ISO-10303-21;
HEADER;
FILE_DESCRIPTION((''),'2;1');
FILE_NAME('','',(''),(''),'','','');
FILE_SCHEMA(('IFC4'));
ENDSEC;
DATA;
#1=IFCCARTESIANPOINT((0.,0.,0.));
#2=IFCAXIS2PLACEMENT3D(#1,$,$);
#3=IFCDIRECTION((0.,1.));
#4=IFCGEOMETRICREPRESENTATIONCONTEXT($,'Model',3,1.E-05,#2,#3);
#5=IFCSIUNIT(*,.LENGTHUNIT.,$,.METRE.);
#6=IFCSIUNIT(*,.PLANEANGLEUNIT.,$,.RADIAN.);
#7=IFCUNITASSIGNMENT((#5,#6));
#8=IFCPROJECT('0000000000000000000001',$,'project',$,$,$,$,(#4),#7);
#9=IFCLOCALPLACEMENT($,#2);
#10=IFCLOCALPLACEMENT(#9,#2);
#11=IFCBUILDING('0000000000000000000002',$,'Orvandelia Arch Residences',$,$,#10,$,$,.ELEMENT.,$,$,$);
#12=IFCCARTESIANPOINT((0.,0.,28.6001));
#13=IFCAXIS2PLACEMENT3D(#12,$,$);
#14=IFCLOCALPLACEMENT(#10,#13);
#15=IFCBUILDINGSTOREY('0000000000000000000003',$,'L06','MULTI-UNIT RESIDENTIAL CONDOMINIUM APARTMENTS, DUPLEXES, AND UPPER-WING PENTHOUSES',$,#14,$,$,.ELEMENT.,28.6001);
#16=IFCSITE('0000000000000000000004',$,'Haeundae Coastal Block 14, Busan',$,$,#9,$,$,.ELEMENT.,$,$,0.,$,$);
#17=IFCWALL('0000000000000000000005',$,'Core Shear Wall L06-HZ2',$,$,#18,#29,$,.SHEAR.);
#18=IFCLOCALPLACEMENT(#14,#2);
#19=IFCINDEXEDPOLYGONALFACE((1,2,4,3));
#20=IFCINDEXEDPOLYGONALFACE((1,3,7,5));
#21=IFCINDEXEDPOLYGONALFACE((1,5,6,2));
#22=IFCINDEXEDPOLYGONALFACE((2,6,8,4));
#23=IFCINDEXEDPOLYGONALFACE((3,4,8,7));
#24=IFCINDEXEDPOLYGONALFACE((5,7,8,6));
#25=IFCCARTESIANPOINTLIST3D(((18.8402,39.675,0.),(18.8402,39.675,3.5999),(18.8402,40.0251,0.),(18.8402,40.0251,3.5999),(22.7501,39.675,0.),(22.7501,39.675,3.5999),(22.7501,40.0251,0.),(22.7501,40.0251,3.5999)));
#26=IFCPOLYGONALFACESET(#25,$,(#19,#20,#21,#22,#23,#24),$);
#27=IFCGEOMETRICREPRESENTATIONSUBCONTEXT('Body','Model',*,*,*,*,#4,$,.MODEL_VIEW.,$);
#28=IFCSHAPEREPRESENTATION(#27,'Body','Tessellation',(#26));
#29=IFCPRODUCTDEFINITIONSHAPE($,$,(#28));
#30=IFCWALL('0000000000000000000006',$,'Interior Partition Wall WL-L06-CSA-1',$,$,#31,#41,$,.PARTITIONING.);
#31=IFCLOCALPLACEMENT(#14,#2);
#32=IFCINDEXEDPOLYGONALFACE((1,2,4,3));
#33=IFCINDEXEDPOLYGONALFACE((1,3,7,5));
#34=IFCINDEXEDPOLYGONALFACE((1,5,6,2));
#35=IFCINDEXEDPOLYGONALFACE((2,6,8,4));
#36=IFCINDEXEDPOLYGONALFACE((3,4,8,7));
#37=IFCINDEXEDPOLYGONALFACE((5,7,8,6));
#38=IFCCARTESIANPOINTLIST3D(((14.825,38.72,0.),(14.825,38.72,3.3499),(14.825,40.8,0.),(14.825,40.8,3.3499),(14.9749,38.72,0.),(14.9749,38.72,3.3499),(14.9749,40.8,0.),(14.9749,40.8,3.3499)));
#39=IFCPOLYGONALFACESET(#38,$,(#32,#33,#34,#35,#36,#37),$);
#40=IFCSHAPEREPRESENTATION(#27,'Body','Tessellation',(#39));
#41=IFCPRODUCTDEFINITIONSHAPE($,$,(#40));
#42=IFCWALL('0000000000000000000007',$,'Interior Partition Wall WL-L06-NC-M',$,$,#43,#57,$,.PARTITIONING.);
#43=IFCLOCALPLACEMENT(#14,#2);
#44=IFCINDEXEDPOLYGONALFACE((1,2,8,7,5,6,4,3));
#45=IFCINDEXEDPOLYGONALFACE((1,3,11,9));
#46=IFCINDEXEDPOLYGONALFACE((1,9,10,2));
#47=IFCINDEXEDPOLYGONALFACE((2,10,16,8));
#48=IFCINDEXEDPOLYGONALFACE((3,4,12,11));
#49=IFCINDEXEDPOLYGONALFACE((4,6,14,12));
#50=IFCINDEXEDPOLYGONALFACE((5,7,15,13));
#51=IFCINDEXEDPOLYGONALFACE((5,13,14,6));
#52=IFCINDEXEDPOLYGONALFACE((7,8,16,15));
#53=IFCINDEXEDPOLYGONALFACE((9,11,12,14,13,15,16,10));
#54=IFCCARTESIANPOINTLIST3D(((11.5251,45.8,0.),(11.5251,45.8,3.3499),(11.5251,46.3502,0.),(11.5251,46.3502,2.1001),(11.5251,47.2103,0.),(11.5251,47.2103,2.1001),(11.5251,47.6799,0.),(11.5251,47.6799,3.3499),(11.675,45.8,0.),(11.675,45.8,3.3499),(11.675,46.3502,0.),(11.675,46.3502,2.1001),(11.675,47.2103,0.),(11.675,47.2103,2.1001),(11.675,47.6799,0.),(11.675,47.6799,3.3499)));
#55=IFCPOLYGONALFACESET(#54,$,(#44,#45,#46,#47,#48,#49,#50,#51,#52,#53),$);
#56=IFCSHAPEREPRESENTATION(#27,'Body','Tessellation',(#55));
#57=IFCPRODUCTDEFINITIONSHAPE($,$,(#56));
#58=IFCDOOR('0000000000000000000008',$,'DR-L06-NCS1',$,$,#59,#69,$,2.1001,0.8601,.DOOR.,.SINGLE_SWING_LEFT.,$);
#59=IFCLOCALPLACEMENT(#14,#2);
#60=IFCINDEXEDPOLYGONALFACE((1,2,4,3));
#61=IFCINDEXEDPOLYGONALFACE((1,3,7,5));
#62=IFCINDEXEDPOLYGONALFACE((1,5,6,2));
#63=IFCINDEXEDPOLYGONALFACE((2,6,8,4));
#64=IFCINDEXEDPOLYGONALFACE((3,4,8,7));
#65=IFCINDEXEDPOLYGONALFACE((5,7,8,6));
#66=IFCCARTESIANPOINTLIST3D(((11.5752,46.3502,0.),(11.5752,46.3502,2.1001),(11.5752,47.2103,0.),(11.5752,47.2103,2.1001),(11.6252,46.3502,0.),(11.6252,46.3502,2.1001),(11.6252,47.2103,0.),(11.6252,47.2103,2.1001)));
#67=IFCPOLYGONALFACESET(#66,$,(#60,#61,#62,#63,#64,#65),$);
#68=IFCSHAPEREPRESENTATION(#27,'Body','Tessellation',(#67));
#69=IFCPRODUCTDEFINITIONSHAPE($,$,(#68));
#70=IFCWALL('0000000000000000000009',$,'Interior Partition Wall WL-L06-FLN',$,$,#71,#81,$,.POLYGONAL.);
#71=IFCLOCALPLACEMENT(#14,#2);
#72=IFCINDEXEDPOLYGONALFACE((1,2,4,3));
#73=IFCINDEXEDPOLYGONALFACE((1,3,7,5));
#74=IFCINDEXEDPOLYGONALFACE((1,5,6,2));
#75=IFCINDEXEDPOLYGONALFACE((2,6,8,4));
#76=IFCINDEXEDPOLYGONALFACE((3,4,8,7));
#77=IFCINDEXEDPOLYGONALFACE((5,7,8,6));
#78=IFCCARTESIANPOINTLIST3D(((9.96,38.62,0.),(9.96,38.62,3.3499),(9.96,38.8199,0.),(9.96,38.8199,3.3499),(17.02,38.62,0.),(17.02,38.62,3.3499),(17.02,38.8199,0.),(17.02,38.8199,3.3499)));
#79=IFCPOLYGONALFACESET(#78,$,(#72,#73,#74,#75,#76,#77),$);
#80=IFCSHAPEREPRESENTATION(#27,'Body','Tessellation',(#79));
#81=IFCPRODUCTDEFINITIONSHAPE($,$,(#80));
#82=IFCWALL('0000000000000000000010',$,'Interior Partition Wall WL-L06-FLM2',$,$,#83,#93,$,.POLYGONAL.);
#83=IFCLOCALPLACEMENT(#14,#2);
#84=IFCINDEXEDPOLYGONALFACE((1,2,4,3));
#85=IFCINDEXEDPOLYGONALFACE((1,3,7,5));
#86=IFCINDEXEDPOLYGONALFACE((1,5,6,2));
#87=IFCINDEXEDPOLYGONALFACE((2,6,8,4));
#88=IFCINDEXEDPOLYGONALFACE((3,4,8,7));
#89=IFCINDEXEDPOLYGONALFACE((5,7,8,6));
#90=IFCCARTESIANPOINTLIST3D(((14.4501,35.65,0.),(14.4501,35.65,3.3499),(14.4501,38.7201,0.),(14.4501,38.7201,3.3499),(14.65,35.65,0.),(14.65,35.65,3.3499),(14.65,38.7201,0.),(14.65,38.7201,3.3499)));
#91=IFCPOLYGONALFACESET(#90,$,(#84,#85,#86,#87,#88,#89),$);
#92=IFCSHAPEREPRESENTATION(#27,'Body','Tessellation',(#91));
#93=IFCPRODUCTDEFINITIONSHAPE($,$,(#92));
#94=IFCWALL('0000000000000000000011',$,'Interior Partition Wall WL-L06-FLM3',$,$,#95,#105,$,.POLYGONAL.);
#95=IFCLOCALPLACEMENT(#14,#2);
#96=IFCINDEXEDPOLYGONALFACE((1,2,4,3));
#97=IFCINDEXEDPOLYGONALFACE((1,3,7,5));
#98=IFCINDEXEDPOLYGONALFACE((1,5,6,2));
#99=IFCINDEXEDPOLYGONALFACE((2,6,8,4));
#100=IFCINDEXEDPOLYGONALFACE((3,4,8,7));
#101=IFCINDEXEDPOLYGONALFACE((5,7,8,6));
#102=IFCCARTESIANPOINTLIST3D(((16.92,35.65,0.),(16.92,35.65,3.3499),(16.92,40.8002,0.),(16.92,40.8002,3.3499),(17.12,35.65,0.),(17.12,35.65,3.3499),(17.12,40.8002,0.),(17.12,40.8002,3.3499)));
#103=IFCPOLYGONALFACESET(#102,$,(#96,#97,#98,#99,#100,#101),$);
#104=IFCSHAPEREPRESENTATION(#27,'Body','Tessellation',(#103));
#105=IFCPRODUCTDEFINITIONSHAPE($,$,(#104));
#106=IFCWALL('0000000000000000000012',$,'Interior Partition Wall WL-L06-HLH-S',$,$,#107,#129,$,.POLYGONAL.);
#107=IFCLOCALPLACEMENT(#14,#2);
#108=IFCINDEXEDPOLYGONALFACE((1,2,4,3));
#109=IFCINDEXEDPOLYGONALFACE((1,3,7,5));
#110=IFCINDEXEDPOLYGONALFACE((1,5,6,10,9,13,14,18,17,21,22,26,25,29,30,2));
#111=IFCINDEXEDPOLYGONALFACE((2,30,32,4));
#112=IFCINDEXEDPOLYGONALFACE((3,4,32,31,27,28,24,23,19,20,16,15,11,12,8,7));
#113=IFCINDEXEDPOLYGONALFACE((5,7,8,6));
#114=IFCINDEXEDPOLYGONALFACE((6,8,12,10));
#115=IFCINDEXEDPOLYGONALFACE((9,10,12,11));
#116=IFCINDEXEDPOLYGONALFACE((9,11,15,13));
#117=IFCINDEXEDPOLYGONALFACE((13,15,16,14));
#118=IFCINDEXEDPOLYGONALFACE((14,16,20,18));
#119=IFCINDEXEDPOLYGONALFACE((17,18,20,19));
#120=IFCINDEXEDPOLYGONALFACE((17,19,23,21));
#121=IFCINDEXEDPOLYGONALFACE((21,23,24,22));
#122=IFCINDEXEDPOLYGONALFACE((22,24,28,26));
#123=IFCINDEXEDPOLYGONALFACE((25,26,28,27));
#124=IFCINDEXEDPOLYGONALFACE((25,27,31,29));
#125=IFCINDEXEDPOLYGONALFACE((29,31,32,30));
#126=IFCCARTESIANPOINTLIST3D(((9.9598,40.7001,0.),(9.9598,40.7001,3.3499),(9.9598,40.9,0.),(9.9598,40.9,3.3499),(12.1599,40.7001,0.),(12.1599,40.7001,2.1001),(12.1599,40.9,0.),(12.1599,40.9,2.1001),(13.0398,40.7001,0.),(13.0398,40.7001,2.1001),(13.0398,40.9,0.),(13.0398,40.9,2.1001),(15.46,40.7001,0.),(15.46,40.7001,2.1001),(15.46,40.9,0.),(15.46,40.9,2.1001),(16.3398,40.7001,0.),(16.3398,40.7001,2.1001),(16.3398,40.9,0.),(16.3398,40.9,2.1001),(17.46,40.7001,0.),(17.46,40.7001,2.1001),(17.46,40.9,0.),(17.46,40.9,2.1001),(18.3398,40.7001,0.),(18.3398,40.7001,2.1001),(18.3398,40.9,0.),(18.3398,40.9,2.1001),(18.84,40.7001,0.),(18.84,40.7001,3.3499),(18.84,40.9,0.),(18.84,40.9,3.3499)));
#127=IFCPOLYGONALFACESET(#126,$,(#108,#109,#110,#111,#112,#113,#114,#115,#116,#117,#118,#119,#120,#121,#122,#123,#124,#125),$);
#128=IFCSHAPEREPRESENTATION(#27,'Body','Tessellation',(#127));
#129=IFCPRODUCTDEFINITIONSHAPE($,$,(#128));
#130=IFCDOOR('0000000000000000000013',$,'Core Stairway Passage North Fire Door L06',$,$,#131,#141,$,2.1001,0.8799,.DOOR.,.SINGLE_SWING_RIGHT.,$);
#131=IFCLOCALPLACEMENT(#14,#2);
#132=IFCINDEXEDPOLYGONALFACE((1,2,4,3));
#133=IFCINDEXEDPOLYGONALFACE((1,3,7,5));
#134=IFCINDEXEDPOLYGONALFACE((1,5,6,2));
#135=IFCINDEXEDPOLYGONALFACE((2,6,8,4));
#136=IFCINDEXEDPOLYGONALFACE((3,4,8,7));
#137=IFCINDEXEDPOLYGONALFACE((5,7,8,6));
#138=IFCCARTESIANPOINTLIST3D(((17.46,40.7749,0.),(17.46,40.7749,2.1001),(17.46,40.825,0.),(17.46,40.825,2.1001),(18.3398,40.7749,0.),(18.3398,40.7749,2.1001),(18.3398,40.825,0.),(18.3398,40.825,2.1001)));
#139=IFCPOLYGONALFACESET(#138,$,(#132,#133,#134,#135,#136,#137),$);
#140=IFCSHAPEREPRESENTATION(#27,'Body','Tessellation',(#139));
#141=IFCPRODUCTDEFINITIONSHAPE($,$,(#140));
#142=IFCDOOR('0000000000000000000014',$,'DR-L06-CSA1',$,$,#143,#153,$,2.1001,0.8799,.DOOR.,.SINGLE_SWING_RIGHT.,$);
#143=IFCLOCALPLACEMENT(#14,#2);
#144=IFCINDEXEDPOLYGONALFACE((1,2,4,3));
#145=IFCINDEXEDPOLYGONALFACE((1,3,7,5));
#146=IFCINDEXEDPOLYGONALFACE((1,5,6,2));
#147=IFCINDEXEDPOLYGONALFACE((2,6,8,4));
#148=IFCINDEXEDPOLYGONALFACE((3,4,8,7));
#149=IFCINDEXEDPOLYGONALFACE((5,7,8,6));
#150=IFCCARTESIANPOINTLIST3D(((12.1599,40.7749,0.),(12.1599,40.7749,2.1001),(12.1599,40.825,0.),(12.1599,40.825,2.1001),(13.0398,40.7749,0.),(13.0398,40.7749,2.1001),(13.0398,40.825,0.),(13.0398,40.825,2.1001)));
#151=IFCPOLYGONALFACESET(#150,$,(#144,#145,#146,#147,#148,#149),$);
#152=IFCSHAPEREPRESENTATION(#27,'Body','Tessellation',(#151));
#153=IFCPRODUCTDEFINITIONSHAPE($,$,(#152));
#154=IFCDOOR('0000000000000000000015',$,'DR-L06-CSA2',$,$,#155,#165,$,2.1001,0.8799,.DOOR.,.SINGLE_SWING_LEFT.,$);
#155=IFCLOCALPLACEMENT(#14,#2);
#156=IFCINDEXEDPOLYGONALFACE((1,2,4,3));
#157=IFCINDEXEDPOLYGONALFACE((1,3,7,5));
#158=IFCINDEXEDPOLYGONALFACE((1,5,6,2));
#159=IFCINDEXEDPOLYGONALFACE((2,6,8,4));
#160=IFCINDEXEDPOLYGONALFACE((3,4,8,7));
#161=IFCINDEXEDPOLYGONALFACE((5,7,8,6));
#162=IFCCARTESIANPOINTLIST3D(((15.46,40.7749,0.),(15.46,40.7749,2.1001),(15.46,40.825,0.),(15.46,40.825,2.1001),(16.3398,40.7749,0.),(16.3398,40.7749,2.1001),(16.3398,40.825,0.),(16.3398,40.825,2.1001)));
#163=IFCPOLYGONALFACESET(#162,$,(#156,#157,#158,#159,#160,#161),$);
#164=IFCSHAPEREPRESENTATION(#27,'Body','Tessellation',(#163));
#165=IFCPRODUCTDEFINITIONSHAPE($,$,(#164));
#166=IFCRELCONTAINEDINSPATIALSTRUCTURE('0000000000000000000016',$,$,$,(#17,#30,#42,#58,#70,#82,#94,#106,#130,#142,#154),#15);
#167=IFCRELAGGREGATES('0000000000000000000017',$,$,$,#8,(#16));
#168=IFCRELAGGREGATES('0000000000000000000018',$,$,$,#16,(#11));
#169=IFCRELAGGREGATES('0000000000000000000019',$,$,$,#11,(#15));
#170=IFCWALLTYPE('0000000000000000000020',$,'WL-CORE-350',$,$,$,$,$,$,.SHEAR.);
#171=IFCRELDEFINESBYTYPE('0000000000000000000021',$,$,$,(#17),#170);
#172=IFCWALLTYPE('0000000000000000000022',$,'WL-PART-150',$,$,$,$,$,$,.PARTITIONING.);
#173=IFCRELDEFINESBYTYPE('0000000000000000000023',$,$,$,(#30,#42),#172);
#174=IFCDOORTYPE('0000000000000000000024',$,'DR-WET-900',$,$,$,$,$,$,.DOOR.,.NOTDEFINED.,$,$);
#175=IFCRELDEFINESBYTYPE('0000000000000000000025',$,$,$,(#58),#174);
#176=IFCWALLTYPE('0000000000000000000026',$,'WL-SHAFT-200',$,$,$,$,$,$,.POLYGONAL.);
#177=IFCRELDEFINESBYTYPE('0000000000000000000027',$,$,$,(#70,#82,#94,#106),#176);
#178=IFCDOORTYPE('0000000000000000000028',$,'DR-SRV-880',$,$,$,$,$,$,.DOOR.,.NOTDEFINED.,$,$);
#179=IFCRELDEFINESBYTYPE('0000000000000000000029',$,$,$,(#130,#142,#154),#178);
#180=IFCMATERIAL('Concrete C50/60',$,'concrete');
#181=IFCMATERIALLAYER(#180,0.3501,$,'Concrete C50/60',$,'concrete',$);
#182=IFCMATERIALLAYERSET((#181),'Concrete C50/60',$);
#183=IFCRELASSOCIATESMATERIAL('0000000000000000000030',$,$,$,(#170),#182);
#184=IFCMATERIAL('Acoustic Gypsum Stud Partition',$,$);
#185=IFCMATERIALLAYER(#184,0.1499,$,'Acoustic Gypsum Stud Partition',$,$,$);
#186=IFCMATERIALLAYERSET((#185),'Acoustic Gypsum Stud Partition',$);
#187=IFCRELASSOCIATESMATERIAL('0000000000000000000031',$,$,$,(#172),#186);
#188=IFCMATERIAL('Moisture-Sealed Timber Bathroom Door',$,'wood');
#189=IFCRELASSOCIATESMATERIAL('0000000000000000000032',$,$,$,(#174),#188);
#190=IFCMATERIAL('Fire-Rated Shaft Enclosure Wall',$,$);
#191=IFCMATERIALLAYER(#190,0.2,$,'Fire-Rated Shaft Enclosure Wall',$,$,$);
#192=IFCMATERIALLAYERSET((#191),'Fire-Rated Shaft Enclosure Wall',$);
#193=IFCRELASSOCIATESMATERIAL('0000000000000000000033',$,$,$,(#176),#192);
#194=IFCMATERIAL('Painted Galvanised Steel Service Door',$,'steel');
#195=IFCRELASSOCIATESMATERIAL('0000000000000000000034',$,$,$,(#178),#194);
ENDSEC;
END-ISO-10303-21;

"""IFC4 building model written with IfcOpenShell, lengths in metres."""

from ifc_helpers import new_model, si_unit, direction, frame, frame_2d, origin, place, context, subcontext, project, spatial, rectangle, extrude, material, layer, layer_set, type_object, element, fill, save


model = new_model("IFC4")

# Units and contexts
model_context = context("Model", 3, precision=1e-05, world=origin(), true_north=direction((0.0, 1.0)))
body_context = subcontext(model_context, "Body", "Model", "MODEL_VIEW")
ifc_project = project(units=[si_unit("LENGTHUNIT", "METRE"), si_unit("PLANEANGLEUNIT", "RADIAN")], contexts=[model_context])

# Site, building, storey
site_placement = place(None, origin())
site = spatial("IfcSite", under=ifc_project, at=site_placement, Name="Haeundae Coastal Block 14, Busan", CompositionType="ELEMENT", RefElevation=0.0)
building_placement = place(site_placement, origin())
building = spatial("IfcBuilding", under=site, at=building_placement, Name="Orvandelia Arch Residences", CompositionType="ELEMENT")
storey_placement = place(building_placement, frame((0.0, 0.0, 28.6001)))
storey = spatial("IfcBuildingStorey", under=building, at=storey_placement, Name="L06", Description="MULTI-UNIT RESIDENTIAL CONDOMINIUM APARTMENTS, DUPLEXES, AND UPPER-WING PENTHOUSES", CompositionType="ELEMENT", Elevation=28.6001)

# Walls
ifc_material_1 = material(Name="Concrete C50/60", Category="concrete")
ifc_layer_1 = layer(ifc_material_1, 0.3501, Name="Concrete C50/60", Category="concrete")
ifc_layer_set_1 = layer_set([ifc_layer_1], Name="Concrete C50/60")
wall_type_1 = type_object("IfcWallType", Name="WL-CORE-350", PredefinedType="SHEAR", material=ifc_layer_set_1)
wall_1_placement = place(storey_placement, frame((18.8401, 39.8501, 0.0), z_axis=(0.0, 0.0, 1.0), x_axis=(1.0, 0.0, 0.0)))
element("IfcWall", 1, at=wall_1_placement, inside=storey, type_object=wall_type_1, Name="Core Shear Wall L06-HZ2", PredefinedType="SHEAR", context=body_context, shape_type="SweptSolid", body=[
    extrude(rectangle(XDim=3.9099, YDim=0.3501, at=frame_2d((1.9551, 0.0))), origin(), (0.0, 0.0, 1.0), 3.5999),
])
ifc_material_2 = material(Name="Acoustic Gypsum Stud Partition")
ifc_layer_2 = layer(ifc_material_2, 0.1499, Name="Acoustic Gypsum Stud Partition")
ifc_layer_set_2 = layer_set([ifc_layer_2], Name="Acoustic Gypsum Stud Partition")
wall_type_2 = type_object("IfcWallType", Name="WL-PART-150", PredefinedType="PARTITIONING", material=ifc_layer_set_2)
wall_2_placement = place(storey_placement, frame((14.8999, 38.72, 0.0), z_axis=(0.0, 0.0, 1.0), x_axis=(0.0, 1.0, 0.0)))
element("IfcWall", 2, at=wall_2_placement, inside=storey, type_object=wall_type_2, Name="Interior Partition Wall WL-L06-CSA-1", PredefinedType="PARTITIONING", context=body_context, shape_type="SweptSolid", body=[
    extrude(rectangle(XDim=2.0801, YDim=0.1499, at=frame_2d((1.04, 0.0))), origin(), (0.0, 0.0, 1.0), 3.3499),
])

# Wall, opening, door
wall_3_placement = place(storey_placement, frame((11.6001, 45.8, 0.0), z_axis=(0.0, 0.0, 1.0), x_axis=(0.0, 1.0, 0.0)))
wall_3 = element("IfcWall", 3, at=wall_3_placement, inside=storey, type_object=wall_type_2, Name="Interior Partition Wall WL-L06-NC-M", PredefinedType="PARTITIONING", context=body_context, shape_type="SweptSolid", body=[
    extrude(rectangle(XDim=1.8799, YDim=0.1499, at=frame_2d((0.9399, 0.0))), origin(), (0.0, 0.0, 1.0), 3.3499),
])
opening_1_placement = place(wall_3_placement, frame((0.55, 0.0, 0.0)))
opening_1 = element("IfcOpeningElement", 4, at=opening_1_placement, cuts=wall_3, PredefinedType="OPENING", context=body_context, shape_type="SweptSolid", body=[
    extrude(rectangle(XDim=0.8601, YDim=2.1001, at=frame_2d((0.4302, 1.05))), frame((0.0, 0.085, 0.0), z_axis=(0.0, -1.0, 0.0), x_axis=(1.0, 0.0, 0.0)), (0.0, 0.0, 1.0), 0.1699),
])
ifc_material_3 = material(Name="Moisture-Sealed Timber Bathroom Door", Category="wood")
door_type_1 = type_object("IfcDoorType", Name="DR-WET-900", OperationType="NOTDEFINED", PredefinedType="DOOR", material=ifc_material_3)
door_1_placement = place(opening_1_placement, origin())
door_1 = element("IfcDoor", 5, at=door_1_placement, inside=storey, type_object=door_type_1, Name="DR-L06-NCS1", OperationType="SINGLE_SWING_LEFT", OverallHeight=2.1001, OverallWidth=0.8601, PredefinedType="DOOR", context=body_context, shape_type="SweptSolid", body=[
    extrude(rectangle(XDim=0.8601, YDim=2.1001, at=frame_2d((0.4302, 1.05))), frame((0.0, 0.0249, 0.0), z_axis=(0.0, -1.0, 0.0), x_axis=(1.0, 0.0, 0.0)), (0.0, 0.0, 1.0), 0.05),
])
fill(opening_1, door_1)

# Walls
ifc_material_4 = material(Name="Fire-Rated Shaft Enclosure Wall")
ifc_layer_3 = layer(ifc_material_4, 0.2, Name="Fire-Rated Shaft Enclosure Wall")
ifc_layer_set_3 = layer_set([ifc_layer_3], Name="Fire-Rated Shaft Enclosure Wall")
wall_type_3 = type_object("IfcWallType", Name="WL-SHAFT-200", PredefinedType="POLYGONAL", material=ifc_layer_set_3)
wall_4_placement = place(storey_placement, frame((9.96, 38.72, 0.0), z_axis=(0.0, 0.0, 1.0), x_axis=(1.0, 0.0, 0.0)))
element("IfcWall", 6, at=wall_4_placement, inside=storey, type_object=wall_type_3, Name="Interior Partition Wall WL-L06-FLN", PredefinedType="POLYGONAL", context=body_context, shape_type="SweptSolid", body=[
    extrude(rectangle(XDim=7.0601, YDim=0.2, at=frame_2d((3.53, 0.0))), origin(), (0.0, 0.0, 1.0), 3.3499),
])
wall_5_placement = place(storey_placement, frame((14.55, 35.6499, 0.0), z_axis=(0.0, 0.0, 1.0), x_axis=(0.0, 1.0, 0.0)))
element("IfcWall", 7, at=wall_5_placement, inside=storey, type_object=wall_type_3, Name="Interior Partition Wall WL-L06-FLM2", PredefinedType="POLYGONAL", context=body_context, shape_type="SweptSolid", body=[
    extrude(rectangle(XDim=3.0701, YDim=0.2, at=frame_2d((1.5352, 0.0))), origin(), (0.0, 0.0, 1.0), 3.3499),
])
wall_6_placement = place(storey_placement, frame((17.02, 35.6499, 0.0), z_axis=(0.0, 0.0, 1.0), x_axis=(0.0, 1.0, 0.0)))
element("IfcWall", 8, at=wall_6_placement, inside=storey, type_object=wall_type_3, Name="Interior Partition Wall WL-L06-FLM3", PredefinedType="POLYGONAL", context=body_context, shape_type="SweptSolid", body=[
    extrude(rectangle(XDim=5.1501, YDim=0.2, at=frame_2d((2.5752, 0.0))), origin(), (0.0, 0.0, 1.0), 3.3499),
])

# Wall, openings, doors
wall_7_placement = place(storey_placement, frame((9.96, 40.8, 0.0), z_axis=(0.0, 0.0, 1.0), x_axis=(1.0, 0.0, 0.0)))
wall_7 = element("IfcWall", 9, at=wall_7_placement, inside=storey, type_object=wall_type_3, Name="Interior Partition Wall WL-L06-HLH-S", PredefinedType="POLYGONAL", context=body_context, shape_type="SweptSolid", body=[
    extrude(rectangle(XDim=8.8801, YDim=0.2, at=frame_2d((4.4399, 0.0))), origin(), (0.0, 0.0, 1.0), 3.3499),
])
opening_2_placement = place(wall_7_placement, frame((7.5, 0.0, 0.0)))
opening_2 = element("IfcOpeningElement", 10, at=opening_2_placement, cuts=wall_7, PredefinedType="OPENING", context=body_context, shape_type="SweptSolid", body=[
    extrude(rectangle(XDim=0.8799, YDim=2.1001, at=frame_2d((0.4399, 1.05))), frame((0.0, 0.1099, 0.0), z_axis=(0.0, -1.0, 0.0), x_axis=(1.0, 0.0, 0.0)), (0.0, 0.0, 1.0), 0.22),
])
opening_3_placement = place(wall_7_placement, frame((2.2, 0.0, 0.0)))
opening_3 = element("IfcOpeningElement", 11, at=opening_3_placement, cuts=wall_7, PredefinedType="OPENING", context=body_context, shape_type="SweptSolid", body=[
    extrude(rectangle(XDim=0.8799, YDim=2.1001, at=frame_2d((0.4399, 1.05))), frame((0.0, 0.1099, 0.0), z_axis=(0.0, -1.0, 0.0), x_axis=(1.0, 0.0, 0.0)), (0.0, 0.0, 1.0), 0.22),
])
opening_4_placement = place(wall_7_placement, frame((5.5, 0.0, 0.0)))
opening_4 = element("IfcOpeningElement", 12, at=opening_4_placement, cuts=wall_7, PredefinedType="OPENING", context=body_context, shape_type="SweptSolid", body=[
    extrude(rectangle(XDim=0.8799, YDim=2.1001, at=frame_2d((0.4399, 1.05))), frame((0.0, 0.1099, 0.0), z_axis=(0.0, -1.0, 0.0), x_axis=(1.0, 0.0, 0.0)), (0.0, 0.0, 1.0), 0.22),
])
ifc_material_5 = material(Name="Painted Galvanised Steel Service Door", Category="steel")
door_type_2 = type_object("IfcDoorType", Name="DR-SRV-880", OperationType="NOTDEFINED", PredefinedType="DOOR", material=ifc_material_5)
door_2_placement = place(opening_2_placement, origin())
door_2 = element("IfcDoor", 13, at=door_2_placement, inside=storey, type_object=door_type_2, Name="Core Stairway Passage North Fire Door L06", OperationType="SINGLE_SWING_RIGHT", OverallHeight=2.1001, OverallWidth=0.8799, PredefinedType="DOOR", context=body_context, shape_type="SweptSolid", body=[
    extrude(rectangle(XDim=0.8799, YDim=2.1001, at=frame_2d((0.4399, 1.05))), frame((0.0, 0.0249, 0.0), z_axis=(0.0, -1.0, 0.0), x_axis=(1.0, 0.0, 0.0)), (0.0, 0.0, 1.0), 0.05),
])
fill(opening_2, door_2)
door_3_placement = place(opening_3_placement, origin())
door_3 = element("IfcDoor", 14, at=door_3_placement, inside=storey, type_object=door_type_2, Name="DR-L06-CSA1", OperationType="SINGLE_SWING_RIGHT", OverallHeight=2.1001, OverallWidth=0.8799, PredefinedType="DOOR", context=body_context, shape_type="SweptSolid", body=[
    extrude(rectangle(XDim=0.8799, YDim=2.1001, at=frame_2d((0.4399, 1.05))), frame((0.0, 0.0249, 0.0), z_axis=(0.0, -1.0, 0.0), x_axis=(1.0, 0.0, 0.0)), (0.0, 0.0, 1.0), 0.05),
])
fill(opening_3, door_3)
door_4_placement = place(opening_4_placement, origin())
door_4 = element("IfcDoor", 15, at=door_4_placement, inside=storey, type_object=door_type_2, Name="DR-L06-CSA2", OperationType="SINGLE_SWING_LEFT", OverallHeight=2.1001, OverallWidth=0.8799, PredefinedType="DOOR", context=body_context, shape_type="SweptSolid", body=[
    extrude(rectangle(XDim=0.8799, YDim=2.1001, at=frame_2d((0.4399, 1.05))), frame((0.0, 0.0249, 0.0), z_axis=(0.0, -1.0, 0.0), x_axis=(1.0, 0.0, 0.0)), (0.0, 0.0, 1.0), 0.05),
])
fill(opening_4, door_4)

save(model, "model.ifc")
